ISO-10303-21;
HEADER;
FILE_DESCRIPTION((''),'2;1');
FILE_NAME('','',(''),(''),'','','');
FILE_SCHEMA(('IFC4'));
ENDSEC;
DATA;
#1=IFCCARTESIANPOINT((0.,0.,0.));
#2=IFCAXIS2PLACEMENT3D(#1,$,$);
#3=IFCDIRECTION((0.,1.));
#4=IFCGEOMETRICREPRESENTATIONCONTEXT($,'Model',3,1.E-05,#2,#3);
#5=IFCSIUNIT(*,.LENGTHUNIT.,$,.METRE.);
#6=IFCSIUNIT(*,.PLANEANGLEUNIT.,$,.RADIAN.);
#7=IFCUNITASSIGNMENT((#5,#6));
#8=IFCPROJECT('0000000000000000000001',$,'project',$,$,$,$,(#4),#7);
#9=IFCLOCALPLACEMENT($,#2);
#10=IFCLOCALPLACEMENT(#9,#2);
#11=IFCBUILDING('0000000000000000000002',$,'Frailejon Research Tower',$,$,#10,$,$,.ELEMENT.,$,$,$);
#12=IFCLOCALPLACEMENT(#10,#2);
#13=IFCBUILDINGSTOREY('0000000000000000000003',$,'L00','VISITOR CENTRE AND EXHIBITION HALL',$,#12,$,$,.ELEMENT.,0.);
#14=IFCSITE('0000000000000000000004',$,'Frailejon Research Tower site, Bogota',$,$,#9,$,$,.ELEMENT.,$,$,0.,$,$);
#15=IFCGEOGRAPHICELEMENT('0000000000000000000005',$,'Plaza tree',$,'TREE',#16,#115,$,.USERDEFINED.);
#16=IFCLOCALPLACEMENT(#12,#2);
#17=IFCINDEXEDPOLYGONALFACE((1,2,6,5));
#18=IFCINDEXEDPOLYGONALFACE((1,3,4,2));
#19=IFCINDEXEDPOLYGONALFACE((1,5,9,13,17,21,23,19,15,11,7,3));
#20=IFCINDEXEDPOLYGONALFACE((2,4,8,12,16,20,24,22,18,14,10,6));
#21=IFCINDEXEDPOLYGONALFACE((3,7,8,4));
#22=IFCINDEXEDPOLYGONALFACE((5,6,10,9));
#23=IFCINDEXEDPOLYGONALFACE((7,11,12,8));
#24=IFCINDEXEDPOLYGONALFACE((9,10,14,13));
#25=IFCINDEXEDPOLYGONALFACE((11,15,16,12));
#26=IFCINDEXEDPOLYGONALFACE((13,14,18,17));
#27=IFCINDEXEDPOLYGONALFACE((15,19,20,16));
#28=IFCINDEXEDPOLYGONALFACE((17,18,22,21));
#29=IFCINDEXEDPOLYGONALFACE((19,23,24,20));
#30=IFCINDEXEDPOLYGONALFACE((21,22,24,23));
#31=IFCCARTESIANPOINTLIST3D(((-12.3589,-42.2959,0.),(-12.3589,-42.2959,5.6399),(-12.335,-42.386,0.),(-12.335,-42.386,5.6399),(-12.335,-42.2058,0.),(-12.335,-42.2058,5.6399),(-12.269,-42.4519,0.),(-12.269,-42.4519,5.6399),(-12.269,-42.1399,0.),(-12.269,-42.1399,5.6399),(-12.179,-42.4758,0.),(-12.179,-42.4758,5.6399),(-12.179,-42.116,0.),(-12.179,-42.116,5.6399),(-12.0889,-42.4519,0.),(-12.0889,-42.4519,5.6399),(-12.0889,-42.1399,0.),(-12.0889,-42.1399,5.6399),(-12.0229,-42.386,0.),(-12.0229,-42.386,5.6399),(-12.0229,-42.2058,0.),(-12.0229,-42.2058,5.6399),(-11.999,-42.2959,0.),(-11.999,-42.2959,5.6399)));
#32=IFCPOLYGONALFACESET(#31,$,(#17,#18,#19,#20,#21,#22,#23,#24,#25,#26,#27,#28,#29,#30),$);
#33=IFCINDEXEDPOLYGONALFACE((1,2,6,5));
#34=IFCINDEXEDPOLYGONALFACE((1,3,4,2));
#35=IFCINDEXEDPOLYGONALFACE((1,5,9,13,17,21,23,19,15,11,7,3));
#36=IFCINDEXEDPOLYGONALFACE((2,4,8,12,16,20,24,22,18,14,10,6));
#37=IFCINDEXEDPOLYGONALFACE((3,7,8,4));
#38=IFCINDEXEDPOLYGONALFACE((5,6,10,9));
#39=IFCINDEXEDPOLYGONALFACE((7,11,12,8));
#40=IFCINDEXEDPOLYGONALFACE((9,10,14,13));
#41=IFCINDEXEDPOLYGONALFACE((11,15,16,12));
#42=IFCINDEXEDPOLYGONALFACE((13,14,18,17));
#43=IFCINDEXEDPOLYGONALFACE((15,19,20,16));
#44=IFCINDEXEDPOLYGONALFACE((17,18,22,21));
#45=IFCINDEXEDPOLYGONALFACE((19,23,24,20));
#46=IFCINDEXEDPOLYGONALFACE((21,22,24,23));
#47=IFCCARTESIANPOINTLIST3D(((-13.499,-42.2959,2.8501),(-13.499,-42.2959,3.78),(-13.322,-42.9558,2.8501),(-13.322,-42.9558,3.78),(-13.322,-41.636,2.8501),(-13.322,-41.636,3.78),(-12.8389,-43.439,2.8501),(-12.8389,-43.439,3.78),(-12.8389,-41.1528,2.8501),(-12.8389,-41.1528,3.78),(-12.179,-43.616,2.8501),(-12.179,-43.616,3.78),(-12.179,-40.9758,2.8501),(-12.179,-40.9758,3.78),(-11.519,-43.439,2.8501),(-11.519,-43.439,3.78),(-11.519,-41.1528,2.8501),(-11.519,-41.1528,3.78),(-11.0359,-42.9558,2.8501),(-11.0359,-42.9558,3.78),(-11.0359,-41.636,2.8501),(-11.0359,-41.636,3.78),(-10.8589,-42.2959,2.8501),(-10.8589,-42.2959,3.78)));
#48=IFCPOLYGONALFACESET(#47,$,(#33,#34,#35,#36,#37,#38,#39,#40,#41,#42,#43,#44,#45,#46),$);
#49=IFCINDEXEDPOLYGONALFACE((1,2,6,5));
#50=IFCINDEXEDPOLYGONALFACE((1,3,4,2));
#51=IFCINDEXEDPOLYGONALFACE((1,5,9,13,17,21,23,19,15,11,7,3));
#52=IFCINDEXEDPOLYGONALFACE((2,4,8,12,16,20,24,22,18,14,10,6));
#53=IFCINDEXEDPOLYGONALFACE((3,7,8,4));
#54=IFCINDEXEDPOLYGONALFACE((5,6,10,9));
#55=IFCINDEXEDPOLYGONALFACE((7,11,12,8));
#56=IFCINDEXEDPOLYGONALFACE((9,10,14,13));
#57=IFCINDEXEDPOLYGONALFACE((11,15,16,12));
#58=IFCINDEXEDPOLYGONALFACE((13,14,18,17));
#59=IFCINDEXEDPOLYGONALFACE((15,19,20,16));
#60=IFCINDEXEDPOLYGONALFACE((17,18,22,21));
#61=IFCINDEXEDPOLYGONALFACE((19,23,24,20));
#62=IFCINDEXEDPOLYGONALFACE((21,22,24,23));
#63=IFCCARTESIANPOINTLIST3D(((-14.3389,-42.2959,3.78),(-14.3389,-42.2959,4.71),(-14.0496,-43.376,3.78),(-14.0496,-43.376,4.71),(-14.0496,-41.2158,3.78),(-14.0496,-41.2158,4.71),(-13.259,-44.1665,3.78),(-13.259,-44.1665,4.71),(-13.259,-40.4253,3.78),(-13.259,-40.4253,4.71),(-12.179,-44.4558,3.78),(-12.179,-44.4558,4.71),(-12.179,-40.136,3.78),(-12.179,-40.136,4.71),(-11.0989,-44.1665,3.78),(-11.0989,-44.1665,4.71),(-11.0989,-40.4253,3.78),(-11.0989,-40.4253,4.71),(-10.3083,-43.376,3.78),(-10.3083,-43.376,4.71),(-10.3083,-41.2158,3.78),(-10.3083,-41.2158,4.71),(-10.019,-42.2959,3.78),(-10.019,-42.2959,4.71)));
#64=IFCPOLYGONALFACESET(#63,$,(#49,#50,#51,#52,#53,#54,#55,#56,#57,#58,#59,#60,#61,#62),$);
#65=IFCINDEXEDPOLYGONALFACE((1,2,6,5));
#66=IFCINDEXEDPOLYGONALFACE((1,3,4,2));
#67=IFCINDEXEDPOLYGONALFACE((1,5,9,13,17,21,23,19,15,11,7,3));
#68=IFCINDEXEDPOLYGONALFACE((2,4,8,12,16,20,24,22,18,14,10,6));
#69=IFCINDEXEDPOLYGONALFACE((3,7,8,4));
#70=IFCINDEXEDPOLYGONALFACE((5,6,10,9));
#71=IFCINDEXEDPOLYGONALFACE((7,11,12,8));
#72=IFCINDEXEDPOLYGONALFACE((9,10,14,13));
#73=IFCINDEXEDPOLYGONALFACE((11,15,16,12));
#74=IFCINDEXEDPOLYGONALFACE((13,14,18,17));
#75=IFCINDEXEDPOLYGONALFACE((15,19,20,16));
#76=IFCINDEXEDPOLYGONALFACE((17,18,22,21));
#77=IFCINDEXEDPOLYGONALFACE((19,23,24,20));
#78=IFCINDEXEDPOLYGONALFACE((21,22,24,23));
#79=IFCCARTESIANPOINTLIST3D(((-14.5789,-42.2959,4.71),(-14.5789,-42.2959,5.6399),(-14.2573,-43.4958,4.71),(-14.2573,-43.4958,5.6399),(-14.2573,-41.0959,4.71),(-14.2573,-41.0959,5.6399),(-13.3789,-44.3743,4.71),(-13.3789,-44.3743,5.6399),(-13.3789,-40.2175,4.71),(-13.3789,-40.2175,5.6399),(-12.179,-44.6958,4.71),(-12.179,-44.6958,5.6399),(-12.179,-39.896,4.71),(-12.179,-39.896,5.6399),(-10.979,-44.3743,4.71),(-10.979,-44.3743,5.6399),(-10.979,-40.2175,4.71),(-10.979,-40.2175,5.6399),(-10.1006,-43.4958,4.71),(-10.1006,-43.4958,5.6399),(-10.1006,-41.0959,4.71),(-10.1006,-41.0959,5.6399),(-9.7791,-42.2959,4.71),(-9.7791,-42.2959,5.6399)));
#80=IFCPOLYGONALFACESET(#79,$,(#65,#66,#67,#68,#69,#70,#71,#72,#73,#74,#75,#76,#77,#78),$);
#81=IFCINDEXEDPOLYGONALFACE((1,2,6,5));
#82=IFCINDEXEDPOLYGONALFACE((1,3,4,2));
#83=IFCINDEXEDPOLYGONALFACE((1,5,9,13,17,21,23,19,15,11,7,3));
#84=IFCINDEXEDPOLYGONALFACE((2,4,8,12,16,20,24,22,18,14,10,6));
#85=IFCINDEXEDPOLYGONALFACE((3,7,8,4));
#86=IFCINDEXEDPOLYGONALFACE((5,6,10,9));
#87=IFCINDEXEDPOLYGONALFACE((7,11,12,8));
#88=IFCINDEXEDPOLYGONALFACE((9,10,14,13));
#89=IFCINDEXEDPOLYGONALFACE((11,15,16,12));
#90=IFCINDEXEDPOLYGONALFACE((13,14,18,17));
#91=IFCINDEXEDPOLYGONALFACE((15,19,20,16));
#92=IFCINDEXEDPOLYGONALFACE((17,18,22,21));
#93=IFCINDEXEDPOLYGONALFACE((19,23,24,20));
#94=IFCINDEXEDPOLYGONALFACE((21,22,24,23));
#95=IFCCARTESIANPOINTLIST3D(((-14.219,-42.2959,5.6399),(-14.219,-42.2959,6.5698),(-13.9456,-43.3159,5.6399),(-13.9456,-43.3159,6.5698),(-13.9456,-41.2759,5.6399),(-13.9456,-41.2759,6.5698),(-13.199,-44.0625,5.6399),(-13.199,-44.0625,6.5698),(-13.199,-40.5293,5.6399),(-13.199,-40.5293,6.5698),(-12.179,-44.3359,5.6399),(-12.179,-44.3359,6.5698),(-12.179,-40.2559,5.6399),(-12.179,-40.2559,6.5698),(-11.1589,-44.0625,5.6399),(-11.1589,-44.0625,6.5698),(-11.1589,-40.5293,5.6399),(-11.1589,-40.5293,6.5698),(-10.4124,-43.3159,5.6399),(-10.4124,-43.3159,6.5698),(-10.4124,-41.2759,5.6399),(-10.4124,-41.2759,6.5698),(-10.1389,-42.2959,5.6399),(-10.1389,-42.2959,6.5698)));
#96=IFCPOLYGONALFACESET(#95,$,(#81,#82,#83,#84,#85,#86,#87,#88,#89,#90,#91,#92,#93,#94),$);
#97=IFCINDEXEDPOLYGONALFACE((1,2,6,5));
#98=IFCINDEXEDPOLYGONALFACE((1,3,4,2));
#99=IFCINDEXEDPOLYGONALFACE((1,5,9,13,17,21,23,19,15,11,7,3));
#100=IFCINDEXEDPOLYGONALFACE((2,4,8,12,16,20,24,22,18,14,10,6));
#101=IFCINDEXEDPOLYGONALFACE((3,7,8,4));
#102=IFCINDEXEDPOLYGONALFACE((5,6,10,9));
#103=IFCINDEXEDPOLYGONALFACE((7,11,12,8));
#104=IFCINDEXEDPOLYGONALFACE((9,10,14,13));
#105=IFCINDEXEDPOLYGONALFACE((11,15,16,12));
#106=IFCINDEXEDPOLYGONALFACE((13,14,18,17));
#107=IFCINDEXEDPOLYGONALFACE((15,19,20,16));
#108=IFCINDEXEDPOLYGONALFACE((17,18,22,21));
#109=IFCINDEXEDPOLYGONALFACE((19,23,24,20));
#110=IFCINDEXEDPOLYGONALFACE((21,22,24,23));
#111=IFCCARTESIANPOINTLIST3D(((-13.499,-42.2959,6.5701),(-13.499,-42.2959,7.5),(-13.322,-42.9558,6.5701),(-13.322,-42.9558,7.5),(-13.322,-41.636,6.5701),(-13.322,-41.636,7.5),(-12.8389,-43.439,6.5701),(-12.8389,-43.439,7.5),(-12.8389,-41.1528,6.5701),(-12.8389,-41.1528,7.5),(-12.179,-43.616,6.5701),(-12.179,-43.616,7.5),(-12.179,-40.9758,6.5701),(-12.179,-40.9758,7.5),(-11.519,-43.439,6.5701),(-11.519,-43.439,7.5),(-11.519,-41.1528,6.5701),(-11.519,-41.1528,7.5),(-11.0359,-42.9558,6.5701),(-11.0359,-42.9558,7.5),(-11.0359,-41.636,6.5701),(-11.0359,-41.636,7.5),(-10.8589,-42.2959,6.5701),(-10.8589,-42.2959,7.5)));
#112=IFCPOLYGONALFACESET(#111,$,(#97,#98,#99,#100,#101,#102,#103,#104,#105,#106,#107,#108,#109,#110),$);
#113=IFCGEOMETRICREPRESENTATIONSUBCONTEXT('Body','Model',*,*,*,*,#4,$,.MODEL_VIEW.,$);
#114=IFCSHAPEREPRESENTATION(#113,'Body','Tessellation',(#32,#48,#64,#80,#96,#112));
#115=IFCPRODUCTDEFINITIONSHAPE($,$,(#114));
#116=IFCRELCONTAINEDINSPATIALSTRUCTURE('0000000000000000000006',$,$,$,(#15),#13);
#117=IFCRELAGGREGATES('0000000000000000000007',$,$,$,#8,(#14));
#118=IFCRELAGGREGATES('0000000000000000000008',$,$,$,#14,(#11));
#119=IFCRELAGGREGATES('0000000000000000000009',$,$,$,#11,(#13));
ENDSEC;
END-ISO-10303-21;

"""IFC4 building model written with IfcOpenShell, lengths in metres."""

from ifc_helpers import new_model, si_unit, direction, frame, origin, place, context, subcontext, project, spatial, polyline, outline, extrude, element, save


model = new_model("IFC4")

# Units and contexts
model_context = context("Model", 3, precision=1e-05, world=origin(), true_north=direction((0.0, 1.0)))
body_context = subcontext(model_context, "Body", "Model", "MODEL_VIEW")
ifc_project = project(units=[si_unit("LENGTHUNIT", "METRE"), si_unit("PLANEANGLEUNIT", "RADIAN")], contexts=[model_context])

# Site, building, storey
site_placement = place(None, origin())
site = spatial("IfcSite", under=ifc_project, at=site_placement, Name="Frailejon Research Tower site, Bogota", CompositionType="ELEMENT", RefElevation=0.0)
building_placement = place(site_placement, origin())
building = spatial("IfcBuilding", under=site, at=building_placement, Name="Frailejon Research Tower", CompositionType="ELEMENT")
storey_placement = place(building_placement, origin())
storey = spatial("IfcBuildingStorey", under=building, at=storey_placement, Name="L00", Description="VISITOR CENTRE AND EXHIBITION HALL", CompositionType="ELEMENT", Elevation=0.0)

# Geographic element
geographic_element_1_placement = place(storey_placement, frame((-12.179, -42.2959, 0.0)))
element("IfcGeographicElement", 1, at=geographic_element_1_placement, inside=storey, Name="Plaza tree", ObjectType="TREE", PredefinedType="USERDEFINED", context=body_context, shape_type="SweptSolid", body=[
    extrude(outline(polyline([(0.1799, 0.0), (0.156, 0.0901), (0.0901, 0.156), (0.0, 0.1799), (-0.0901, 0.156), (-0.156, 0.0901), (-0.1799, 0.0), (-0.156, -0.0901), (-0.0901, -0.156), (0.0, -0.1799), (0.0901, -0.156), (0.156, -0.0901), (0.1799, 0.0)])), origin(), (0.0, 0.0, 1.0), 5.6399),
    extrude(outline(polyline([(1.3201, 0.0), (1.1431, 0.6599), (0.6599, 1.1431), (0.0, 1.3201), (-0.6599, 1.1431), (-1.1431, 0.6599), (-1.3201, 0.0), (-1.1431, -0.6599), (-0.6599, -1.1431), (0.0, -1.3201), (0.6599, -1.1431), (1.1431, -0.6599), (1.3201, 0.0)])), frame((0.0, 0.0, 2.8501)), (0.0, 0.0, 1.0), 0.9299),
    extrude(outline(polyline([(2.1599, 0.0), (1.8706, 1.0801), (1.0801, 1.8706), (0.0, 2.1599), (-1.0801, 1.8706), (-1.8706, 1.0801), (-2.1599, 0.0), (-1.8706, -1.0801), (-1.0801, -1.8706), (0.0, -2.1599), (1.0801, -1.8706), (1.8706, -1.0801), (2.1599, 0.0)])), frame((0.0, 0.0, 3.78)), (0.0, 0.0, 1.0), 0.9299),
    extrude(outline(polyline([(2.3999, 0.0), (2.0784, 1.2), (1.2, 2.0784), (0.0, 2.3999), (-1.2, 2.0784), (-2.0784, 1.2), (-2.3999, 0.0), (-2.0784, -1.2), (-1.2, -2.0784), (0.0, -2.3999), (1.2, -2.0784), (2.0784, -1.2), (2.3999, 0.0)])), frame((0.0, 0.0, 4.71)), (0.0, 0.0, 1.0), 0.9299),
    extrude(outline(polyline([(2.04, 0.0), (1.7666, 1.02), (1.02, 1.7666), (0.0, 2.04), (-1.02, 1.7666), (-1.7666, 1.02), (-2.04, 0.0), (-1.7666, -1.02), (-1.02, -1.7666), (0.0, -2.04), (1.02, -1.7666), (1.7666, -1.02), (2.04, 0.0)])), frame((0.0, 0.0, 5.6399)), (0.0, 0.0, 1.0), 0.9299),
    extrude(outline(polyline([(1.3201, 0.0), (1.1431, 0.6599), (0.6599, 1.1431), (0.0, 1.3201), (-0.6599, 1.1431), (-1.1431, 0.6599), (-1.3201, 0.0), (-1.1431, -0.6599), (-0.6599, -1.1431), (0.0, -1.3201), (0.6599, -1.1431), (1.1431, -0.6599), (1.3201, 0.0)])), frame((0.0, 0.0, 6.5701)), (0.0, 0.0, 1.0), 0.9299),
])

save(model, "model.ifc")
